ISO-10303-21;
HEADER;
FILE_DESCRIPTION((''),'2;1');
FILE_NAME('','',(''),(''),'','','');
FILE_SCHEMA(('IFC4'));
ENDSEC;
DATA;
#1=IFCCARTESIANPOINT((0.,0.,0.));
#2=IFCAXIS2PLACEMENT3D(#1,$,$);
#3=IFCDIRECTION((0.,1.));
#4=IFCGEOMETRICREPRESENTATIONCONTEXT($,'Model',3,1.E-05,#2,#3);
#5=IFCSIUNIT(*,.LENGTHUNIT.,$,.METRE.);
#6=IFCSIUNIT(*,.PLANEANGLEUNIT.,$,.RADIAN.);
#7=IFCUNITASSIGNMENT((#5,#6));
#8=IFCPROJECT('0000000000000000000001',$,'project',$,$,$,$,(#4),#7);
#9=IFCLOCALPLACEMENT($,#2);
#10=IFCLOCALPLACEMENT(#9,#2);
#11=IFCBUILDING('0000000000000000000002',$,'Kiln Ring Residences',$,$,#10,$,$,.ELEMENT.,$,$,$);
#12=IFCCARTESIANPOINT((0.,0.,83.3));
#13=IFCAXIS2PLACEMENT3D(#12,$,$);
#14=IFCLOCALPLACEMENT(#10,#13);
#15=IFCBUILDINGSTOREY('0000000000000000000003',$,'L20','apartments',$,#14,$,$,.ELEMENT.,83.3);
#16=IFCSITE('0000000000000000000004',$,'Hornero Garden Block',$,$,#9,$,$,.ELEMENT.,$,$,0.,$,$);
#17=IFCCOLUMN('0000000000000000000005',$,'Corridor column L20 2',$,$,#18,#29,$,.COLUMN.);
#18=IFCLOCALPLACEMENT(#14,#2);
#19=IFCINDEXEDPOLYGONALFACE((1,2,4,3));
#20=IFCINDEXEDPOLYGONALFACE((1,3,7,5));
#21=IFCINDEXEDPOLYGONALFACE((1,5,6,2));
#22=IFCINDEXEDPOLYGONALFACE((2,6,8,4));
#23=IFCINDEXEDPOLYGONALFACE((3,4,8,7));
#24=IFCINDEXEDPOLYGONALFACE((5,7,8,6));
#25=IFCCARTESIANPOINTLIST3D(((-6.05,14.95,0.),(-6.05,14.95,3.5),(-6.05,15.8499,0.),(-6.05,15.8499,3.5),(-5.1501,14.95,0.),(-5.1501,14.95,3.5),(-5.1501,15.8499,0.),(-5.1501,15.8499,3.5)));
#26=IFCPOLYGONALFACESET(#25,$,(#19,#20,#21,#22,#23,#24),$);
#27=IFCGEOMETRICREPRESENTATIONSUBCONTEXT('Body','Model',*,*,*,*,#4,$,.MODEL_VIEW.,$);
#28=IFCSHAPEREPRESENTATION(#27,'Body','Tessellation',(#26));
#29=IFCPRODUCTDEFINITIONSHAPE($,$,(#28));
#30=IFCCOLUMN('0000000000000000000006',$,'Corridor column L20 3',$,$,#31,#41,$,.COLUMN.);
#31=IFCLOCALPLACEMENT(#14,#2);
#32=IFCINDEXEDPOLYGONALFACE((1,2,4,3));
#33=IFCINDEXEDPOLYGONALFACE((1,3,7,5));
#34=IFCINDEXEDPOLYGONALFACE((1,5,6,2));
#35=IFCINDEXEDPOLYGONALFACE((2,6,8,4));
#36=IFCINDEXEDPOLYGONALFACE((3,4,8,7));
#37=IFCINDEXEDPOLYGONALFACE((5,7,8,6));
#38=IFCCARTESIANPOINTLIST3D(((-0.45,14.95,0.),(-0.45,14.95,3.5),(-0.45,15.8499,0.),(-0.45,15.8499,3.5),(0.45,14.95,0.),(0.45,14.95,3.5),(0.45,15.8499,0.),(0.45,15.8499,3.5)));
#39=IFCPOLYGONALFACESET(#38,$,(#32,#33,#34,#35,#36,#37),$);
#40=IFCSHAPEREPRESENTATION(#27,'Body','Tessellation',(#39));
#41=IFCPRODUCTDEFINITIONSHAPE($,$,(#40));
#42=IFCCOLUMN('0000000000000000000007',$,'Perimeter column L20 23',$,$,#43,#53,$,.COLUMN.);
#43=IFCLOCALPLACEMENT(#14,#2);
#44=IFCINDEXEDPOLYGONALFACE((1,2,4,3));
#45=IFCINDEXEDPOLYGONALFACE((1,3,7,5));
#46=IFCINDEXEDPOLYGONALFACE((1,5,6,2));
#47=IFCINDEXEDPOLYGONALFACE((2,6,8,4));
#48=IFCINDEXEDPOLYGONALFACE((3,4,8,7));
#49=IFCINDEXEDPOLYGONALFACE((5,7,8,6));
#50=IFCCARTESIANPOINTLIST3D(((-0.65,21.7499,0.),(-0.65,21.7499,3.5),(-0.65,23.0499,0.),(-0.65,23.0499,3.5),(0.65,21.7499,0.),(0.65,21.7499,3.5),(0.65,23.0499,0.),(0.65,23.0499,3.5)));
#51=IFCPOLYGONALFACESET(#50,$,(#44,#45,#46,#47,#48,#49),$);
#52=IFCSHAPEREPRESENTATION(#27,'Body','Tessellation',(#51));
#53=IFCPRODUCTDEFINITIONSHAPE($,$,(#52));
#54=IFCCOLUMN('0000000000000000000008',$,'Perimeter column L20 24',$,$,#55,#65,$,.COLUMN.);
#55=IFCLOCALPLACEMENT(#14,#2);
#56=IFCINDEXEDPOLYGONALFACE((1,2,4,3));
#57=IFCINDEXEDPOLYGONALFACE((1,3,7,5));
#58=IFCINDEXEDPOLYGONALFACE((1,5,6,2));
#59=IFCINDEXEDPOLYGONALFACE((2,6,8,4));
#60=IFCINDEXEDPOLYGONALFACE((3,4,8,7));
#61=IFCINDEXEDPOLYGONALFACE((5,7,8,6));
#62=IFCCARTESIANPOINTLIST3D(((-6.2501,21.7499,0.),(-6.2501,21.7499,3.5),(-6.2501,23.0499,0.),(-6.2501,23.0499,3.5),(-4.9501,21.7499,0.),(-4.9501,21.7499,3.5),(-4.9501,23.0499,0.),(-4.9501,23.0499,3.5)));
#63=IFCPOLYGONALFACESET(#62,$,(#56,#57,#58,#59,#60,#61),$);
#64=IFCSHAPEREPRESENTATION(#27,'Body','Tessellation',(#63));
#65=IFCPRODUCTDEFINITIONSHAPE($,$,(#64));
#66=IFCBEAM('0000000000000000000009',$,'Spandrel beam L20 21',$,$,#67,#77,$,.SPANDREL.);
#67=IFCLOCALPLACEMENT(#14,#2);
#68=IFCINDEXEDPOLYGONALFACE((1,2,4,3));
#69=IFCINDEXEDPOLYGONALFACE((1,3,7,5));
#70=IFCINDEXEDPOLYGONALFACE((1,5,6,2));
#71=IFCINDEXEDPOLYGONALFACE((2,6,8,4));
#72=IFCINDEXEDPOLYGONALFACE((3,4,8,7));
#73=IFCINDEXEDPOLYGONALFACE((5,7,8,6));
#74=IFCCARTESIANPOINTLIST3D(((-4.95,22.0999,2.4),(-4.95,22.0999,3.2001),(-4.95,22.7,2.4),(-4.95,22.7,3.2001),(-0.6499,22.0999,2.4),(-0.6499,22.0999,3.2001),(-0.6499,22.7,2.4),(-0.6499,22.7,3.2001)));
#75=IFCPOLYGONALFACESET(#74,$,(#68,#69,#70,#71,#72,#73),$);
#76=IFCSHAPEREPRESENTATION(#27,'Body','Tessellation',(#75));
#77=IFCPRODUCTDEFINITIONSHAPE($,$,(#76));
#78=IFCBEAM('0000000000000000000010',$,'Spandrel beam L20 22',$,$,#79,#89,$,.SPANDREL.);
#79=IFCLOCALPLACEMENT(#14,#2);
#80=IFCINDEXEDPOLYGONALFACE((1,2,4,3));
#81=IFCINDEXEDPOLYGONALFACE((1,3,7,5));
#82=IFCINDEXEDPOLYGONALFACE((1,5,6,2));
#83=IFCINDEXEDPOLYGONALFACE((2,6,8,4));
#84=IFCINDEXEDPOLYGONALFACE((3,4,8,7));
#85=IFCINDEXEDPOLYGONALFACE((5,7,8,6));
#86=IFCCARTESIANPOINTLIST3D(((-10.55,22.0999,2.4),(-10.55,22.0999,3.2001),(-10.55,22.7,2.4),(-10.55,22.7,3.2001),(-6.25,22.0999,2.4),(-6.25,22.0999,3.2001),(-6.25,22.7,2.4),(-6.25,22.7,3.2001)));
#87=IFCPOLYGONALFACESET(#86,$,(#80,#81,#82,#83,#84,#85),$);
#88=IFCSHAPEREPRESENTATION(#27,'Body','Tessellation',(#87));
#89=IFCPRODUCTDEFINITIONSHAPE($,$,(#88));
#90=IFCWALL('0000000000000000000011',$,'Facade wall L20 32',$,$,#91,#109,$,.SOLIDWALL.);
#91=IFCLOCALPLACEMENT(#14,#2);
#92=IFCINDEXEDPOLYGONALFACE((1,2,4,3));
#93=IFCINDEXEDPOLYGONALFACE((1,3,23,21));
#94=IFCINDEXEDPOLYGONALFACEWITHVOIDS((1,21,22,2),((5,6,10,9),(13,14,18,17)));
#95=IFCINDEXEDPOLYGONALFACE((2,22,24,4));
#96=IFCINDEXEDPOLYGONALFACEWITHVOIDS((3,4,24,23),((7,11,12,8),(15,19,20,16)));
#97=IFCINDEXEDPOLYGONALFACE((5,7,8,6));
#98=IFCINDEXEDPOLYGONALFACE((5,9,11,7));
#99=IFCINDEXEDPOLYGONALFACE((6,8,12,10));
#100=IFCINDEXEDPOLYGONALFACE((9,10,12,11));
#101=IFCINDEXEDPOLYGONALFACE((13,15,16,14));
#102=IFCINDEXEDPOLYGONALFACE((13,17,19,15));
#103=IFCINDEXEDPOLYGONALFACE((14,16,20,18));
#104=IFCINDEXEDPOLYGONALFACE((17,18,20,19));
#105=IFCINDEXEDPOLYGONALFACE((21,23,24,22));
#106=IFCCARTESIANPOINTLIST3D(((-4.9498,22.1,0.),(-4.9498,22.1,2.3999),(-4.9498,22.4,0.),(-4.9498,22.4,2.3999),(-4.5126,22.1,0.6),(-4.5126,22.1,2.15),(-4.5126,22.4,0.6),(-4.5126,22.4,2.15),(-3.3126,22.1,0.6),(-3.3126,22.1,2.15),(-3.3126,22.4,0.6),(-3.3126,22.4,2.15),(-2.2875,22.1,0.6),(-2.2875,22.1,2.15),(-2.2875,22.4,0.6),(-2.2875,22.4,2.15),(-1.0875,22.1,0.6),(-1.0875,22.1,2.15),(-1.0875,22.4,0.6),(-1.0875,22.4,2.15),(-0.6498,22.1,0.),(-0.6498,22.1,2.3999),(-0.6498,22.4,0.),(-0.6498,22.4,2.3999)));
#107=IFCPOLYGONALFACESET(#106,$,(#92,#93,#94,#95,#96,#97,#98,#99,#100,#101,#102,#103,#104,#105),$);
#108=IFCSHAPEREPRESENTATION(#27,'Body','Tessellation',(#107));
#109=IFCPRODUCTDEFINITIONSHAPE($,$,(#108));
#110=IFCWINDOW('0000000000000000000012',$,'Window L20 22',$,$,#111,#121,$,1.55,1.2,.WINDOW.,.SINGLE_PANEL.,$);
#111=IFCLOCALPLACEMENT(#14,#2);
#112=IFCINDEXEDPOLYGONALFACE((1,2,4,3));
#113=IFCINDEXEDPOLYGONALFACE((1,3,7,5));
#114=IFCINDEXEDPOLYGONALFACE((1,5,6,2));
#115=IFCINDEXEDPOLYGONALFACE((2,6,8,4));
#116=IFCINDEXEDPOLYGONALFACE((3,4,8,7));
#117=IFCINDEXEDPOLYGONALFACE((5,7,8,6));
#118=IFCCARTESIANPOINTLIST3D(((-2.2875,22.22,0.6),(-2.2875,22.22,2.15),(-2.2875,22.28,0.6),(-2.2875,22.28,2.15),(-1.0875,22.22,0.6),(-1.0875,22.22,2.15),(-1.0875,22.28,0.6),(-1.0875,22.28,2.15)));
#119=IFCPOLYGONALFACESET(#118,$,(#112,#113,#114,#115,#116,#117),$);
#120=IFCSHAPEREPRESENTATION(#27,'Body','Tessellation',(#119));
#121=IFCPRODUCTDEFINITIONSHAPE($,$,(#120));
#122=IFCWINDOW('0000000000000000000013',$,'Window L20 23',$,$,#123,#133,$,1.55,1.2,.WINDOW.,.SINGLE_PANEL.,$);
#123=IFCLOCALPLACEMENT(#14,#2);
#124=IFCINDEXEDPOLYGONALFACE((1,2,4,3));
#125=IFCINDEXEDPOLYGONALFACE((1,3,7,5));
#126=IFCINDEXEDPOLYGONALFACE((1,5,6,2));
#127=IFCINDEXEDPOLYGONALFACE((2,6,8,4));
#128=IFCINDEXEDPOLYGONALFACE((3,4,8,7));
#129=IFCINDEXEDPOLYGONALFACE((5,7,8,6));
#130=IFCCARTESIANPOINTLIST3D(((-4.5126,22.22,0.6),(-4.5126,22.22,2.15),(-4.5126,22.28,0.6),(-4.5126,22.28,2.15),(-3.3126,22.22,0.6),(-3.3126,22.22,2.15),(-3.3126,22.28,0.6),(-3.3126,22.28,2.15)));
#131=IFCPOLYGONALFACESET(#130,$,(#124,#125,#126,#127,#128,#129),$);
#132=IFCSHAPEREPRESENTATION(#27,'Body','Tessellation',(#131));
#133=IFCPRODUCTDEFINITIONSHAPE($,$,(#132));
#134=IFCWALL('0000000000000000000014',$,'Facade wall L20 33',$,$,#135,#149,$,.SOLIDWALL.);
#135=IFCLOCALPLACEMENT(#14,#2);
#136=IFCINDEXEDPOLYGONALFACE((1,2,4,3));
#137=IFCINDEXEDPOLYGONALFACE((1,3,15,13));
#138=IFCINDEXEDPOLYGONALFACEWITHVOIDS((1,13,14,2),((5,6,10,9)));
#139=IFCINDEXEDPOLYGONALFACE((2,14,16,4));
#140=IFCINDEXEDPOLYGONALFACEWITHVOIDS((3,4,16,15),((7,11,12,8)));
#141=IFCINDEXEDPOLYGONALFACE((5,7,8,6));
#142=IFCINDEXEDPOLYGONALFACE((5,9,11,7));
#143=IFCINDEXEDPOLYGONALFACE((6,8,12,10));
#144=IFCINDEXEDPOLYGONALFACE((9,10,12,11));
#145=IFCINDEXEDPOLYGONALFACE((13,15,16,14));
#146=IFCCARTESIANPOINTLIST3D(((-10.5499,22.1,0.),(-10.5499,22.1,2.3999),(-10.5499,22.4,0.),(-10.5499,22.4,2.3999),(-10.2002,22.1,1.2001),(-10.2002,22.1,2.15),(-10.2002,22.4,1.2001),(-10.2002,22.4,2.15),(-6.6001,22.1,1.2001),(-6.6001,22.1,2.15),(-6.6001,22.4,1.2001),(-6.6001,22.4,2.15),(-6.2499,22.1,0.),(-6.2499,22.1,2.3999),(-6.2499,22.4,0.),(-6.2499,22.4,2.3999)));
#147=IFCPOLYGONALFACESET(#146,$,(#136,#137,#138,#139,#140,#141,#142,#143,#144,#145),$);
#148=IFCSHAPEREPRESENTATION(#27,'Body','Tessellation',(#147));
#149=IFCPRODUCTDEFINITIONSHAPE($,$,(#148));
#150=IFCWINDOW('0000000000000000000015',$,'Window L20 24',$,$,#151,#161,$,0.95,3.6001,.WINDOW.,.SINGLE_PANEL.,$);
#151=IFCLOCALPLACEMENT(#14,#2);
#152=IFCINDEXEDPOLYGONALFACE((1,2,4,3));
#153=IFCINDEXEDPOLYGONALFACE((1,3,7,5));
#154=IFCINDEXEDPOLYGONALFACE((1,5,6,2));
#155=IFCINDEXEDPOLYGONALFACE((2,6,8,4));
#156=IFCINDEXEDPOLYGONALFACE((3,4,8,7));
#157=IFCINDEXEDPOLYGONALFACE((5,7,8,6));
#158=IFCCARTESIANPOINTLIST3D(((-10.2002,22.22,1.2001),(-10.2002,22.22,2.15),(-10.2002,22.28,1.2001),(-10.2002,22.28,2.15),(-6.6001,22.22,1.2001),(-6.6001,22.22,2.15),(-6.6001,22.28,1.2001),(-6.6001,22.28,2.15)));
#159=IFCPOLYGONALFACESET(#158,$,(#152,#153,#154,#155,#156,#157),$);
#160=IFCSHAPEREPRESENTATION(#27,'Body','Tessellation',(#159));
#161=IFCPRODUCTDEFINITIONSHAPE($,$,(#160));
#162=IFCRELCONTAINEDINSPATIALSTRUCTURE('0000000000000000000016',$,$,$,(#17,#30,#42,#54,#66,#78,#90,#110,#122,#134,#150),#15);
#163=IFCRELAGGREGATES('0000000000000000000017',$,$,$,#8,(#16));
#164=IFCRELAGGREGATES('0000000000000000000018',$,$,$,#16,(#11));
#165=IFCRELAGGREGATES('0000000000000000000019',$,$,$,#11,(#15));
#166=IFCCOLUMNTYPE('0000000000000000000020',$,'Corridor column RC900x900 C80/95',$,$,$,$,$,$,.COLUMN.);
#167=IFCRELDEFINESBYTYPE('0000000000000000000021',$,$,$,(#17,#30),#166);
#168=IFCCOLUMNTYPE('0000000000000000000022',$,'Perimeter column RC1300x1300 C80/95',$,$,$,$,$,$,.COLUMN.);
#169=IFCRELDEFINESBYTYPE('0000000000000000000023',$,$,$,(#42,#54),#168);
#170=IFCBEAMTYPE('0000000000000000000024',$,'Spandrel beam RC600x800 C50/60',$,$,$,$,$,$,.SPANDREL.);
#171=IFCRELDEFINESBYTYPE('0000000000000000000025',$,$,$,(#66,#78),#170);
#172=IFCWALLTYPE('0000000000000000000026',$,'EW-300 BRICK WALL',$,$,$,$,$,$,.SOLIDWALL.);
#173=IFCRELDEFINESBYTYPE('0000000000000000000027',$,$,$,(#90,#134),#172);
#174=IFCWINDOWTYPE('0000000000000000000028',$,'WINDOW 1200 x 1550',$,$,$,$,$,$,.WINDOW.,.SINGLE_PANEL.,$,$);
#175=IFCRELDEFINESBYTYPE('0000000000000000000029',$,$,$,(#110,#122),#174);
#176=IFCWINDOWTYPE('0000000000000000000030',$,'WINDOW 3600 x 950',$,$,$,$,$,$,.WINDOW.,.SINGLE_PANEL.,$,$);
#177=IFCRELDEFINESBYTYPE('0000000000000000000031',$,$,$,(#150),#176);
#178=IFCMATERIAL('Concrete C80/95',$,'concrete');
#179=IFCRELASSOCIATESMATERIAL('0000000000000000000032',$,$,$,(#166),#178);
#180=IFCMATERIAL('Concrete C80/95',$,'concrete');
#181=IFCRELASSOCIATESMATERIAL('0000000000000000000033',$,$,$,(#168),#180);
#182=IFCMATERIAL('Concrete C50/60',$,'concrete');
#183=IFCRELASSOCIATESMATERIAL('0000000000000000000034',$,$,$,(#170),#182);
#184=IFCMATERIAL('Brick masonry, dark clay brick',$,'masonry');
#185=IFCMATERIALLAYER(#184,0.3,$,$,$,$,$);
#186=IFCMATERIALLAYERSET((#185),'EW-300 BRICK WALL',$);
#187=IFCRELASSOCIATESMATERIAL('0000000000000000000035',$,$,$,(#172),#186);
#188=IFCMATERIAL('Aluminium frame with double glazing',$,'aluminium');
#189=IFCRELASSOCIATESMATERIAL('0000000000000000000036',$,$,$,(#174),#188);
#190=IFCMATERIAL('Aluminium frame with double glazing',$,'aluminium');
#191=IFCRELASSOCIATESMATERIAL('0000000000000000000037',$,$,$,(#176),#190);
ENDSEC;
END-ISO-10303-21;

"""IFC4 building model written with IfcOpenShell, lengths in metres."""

from ifc_helpers import new_model, si_unit, direction, frame, frame_2d, origin, origin_2d, place, context, subcontext, project, spatial, rectangle, extrude, material, layer, layer_set, material_profile, profile_set, type_object, element, fill, save


model = new_model("IFC4")

# Units and contexts
model_context = context("Model", 3, precision=1e-05, world=origin(), true_north=direction((0.0, 1.0)))
body_context = subcontext(model_context, "Body", "Model", "MODEL_VIEW")
ifc_project = project(units=[si_unit("LENGTHUNIT", "METRE"), si_unit("PLANEANGLEUNIT", "RADIAN")], contexts=[model_context])

# Site, building, storey
site_placement = place(None, origin())
site = spatial("IfcSite", under=ifc_project, at=site_placement, Name="Hornero Garden Block", CompositionType="ELEMENT", RefElevation=0.0)
building_placement = place(site_placement, origin())
building = spatial("IfcBuilding", under=site, at=building_placement, Name="Kiln Ring Residences", CompositionType="ELEMENT")
storey_placement = place(building_placement, frame((0.0, 0.0, 83.3)))
storey = spatial("IfcBuildingStorey", under=building, at=storey_placement, Name="L20", Description="apartments", CompositionType="ELEMENT", Elevation=83.3)

# Columns
ifc_material_1 = material(Name="Concrete C80/95", Category="concrete")
ifc_material_profile_1 = material_profile(ifc_material_1, rectangle(XDim=0.8999, YDim=0.8999, at=origin_2d()), Name="RC900x900")
ifc_profile_set_1 = profile_set([ifc_material_profile_1], Name="Concrete C80/95")
column_type_1 = type_object("IfcColumnType", Name="Corridor column RC900x900 C80/95", PredefinedType="COLUMN", material=ifc_profile_set_1)
for number, where, z_axis, x_axis, name in (
    (1, (-5.6001, 15.3999, 0.0), (0.0, 0.0, 1.0), (1.0, 0.0, 0.0), "Corridor column L20 2"),
    (2, (0.0, 15.3999, 0.0), (0.0, 0.0, 1.0), (1.0, 0.0, 0.0), "Corridor column L20 3"),
):
    element("IfcColumn", number, at=place(storey_placement, frame(where, z_axis=z_axis, x_axis=x_axis)), inside=storey, type_object=column_type_1, Name=name, PredefinedType="COLUMN", context=body_context, shape_type="SweptSolid", body=[
        extrude(rectangle(XDim=0.8999, YDim=0.8999, at=origin_2d()), origin(), (0.0, 0.0, 1.0), 3.5),
    ])
ifc_material_2 = material(Name="Concrete C80/95", Category="concrete")
ifc_material_profile_2 = material_profile(ifc_material_2, rectangle(XDim=1.3, YDim=1.3, at=origin_2d()), Name="RC1300x1300")
ifc_profile_set_2 = profile_set([ifc_material_profile_2], Name="Concrete C80/95")
column_type_2 = type_object("IfcColumnType", Name="Perimeter column RC1300x1300 C80/95", PredefinedType="COLUMN", material=ifc_profile_set_2)
for number, where, z_axis, x_axis, name in (
    (3, (0.0, 22.3999, 0.0), (0.0, 0.0, 1.0), (1.0, 0.0, 0.0), "Perimeter column L20 23"),
    (4, (-5.6001, 22.3999, 0.0), (0.0, 0.0, 1.0), (1.0, 0.0, 0.0), "Perimeter column L20 24"),
):
    element("IfcColumn", number, at=place(storey_placement, frame(where, z_axis=z_axis, x_axis=x_axis)), inside=storey, type_object=column_type_2, Name=name, PredefinedType="COLUMN", context=body_context, shape_type="SweptSolid", body=[
        extrude(rectangle(XDim=1.3, YDim=1.3, at=origin_2d()), origin(), (0.0, 0.0, 1.0), 3.5),
    ])

# Beams
ifc_material_3 = material(Name="Concrete C50/60", Category="concrete")
ifc_material_profile_3 = material_profile(ifc_material_3, rectangle(XDim=0.6001, YDim=0.8, at=origin_2d()), Name="RC600x800")
ifc_profile_set_3 = profile_set([ifc_material_profile_3], Name="Concrete C50/60")
beam_type = type_object("IfcBeamType", Name="Spandrel beam RC600x800 C50/60", PredefinedType="SPANDREL", material=ifc_profile_set_3)
for number, where, z_axis, x_axis, name in (
    (5, (-0.6499, 22.3999, 2.8), (-1.0, 0.0, 0.0), (0.0, -1.0, 0.0), "Spandrel beam L20 21"),
    (6, (-6.25, 22.3999, 2.8), (-1.0, 0.0, 0.0), (0.0, -1.0, 0.0), "Spandrel beam L20 22"),
):
    element("IfcBeam", number, at=place(storey_placement, frame(where, z_axis=z_axis, x_axis=x_axis)), inside=storey, type_object=beam_type, Name=name, PredefinedType="SPANDREL", context=body_context, shape_type="SweptSolid", body=[
        extrude(rectangle(XDim=0.6001, YDim=0.8, at=origin_2d()), origin(), (0.0, 0.0, 1.0), 4.3),
    ])

# Wall, openings, windows
ifc_material_4 = material(Name="Brick masonry, dark clay brick", Category="masonry")
ifc_layer_1 = layer(ifc_material_4, 0.3)
ifc_layer_set_1 = layer_set([ifc_layer_1], Name="EW-300 BRICK WALL")
wall_type_1 = type_object("IfcWallType", Name="EW-300 BRICK WALL", PredefinedType="SOLIDWALL", material=ifc_layer_set_1)
wall_1_placement = place(storey_placement, frame((-0.6499, 22.25, 0.0), z_axis=(0.0, 0.0, 1.0), x_axis=(-1.0, 0.0, 0.0)))
wall_1 = element("IfcWall", 7, at=wall_1_placement, inside=storey, type_object=wall_type_1, Name="Facade wall L20 32", PredefinedType="SOLIDWALL", context=body_context, shape_type="SweptSolid", body=[
    extrude(rectangle(XDim=4.3, YDim=0.3, at=frame_2d((2.1499, 0.0))), origin(), (0.0, 0.0, 1.0), 2.3999),
])
opening_1_placement = place(wall_1_placement, frame((0.4375, 0.0, 0.6001)))
opening_1 = element("IfcOpeningElement", 8, at=opening_1_placement, cuts=wall_1, PredefinedType="OPENING", context=body_context, shape_type="SweptSolid", body=[
    extrude(rectangle(XDim=1.2, YDim=1.55, at=frame_2d((0.6001, 0.7749))), frame((0.0, 0.1599, 0.0), z_axis=(0.0, -1.0, 0.0), x_axis=(1.0, 0.0, 0.0)), (0.0, 0.0, 1.0), 0.3201),
])
opening_2_placement = place(wall_1_placement, frame((2.6626, 0.0, 0.6001)))
opening_2 = element("IfcOpeningElement", 9, at=opening_2_placement, cuts=wall_1, PredefinedType="OPENING", context=body_context, shape_type="SweptSolid", body=[
    extrude(rectangle(XDim=1.2, YDim=1.55, at=frame_2d((0.6001, 0.7749))), frame((0.0, 0.1599, 0.0), z_axis=(0.0, -1.0, 0.0), x_axis=(1.0, 0.0, 0.0)), (0.0, 0.0, 1.0), 0.3201),
])
ifc_material_5 = material(Name="Aluminium frame with double glazing", Category="aluminium")
window_type_1 = type_object("IfcWindowType", Name="WINDOW 1200 x 1550", PartitioningType="SINGLE_PANEL", PredefinedType="WINDOW", material=ifc_material_5)
window_1_placement = place(opening_1_placement, origin())
window_1 = element("IfcWindow", 10, at=window_1_placement, inside=storey, type_object=window_type_1, Name="Window L20 22", OverallHeight=1.55, OverallWidth=1.2, PartitioningType="SINGLE_PANEL", PredefinedType="WINDOW", context=body_context, shape_type="SweptSolid", body=[
    extrude(rectangle(XDim=1.2, YDim=1.55, at=frame_2d((0.6001, 0.7749))), frame((0.0, 0.03, 0.0), z_axis=(0.0, -1.0, 0.0), x_axis=(1.0, 0.0, 0.0)), (0.0, 0.0, 1.0), 0.0601),
])
fill(opening_1, window_1)
window_2_placement = place(opening_2_placement, origin())
window_2 = element("IfcWindow", 11, at=window_2_placement, inside=storey, type_object=window_type_1, Name="Window L20 23", OverallHeight=1.55, OverallWidth=1.2, PartitioningType="SINGLE_PANEL", PredefinedType="WINDOW", context=body_context, shape_type="SweptSolid", body=[
    extrude(rectangle(XDim=1.2, YDim=1.55, at=frame_2d((0.6001, 0.7749))), frame((0.0, 0.03, 0.0), z_axis=(0.0, -1.0, 0.0), x_axis=(1.0, 0.0, 0.0)), (0.0, 0.0, 1.0), 0.0601),
])
fill(opening_2, window_2)

# Wall, opening, window
wall_2_placement = place(storey_placement, frame((-6.25, 22.25, 0.0), z_axis=(0.0, 0.0, 1.0), x_axis=(-1.0, 0.0, 0.0)))
wall_2 = element("IfcWall", 12, at=wall_2_placement, inside=storey, type_object=wall_type_1, Name="Facade wall L20 33", PredefinedType="SOLIDWALL", context=body_context, shape_type="SweptSolid", body=[
    extrude(rectangle(XDim=4.3, YDim=0.3, at=frame_2d((2.1499, 0.0))), origin(), (0.0, 0.0, 1.0), 2.3999),
])
opening_3_placement = place(wall_2_placement, frame((0.3501, 0.0, 1.2)))
opening_3 = element("IfcOpeningElement", 13, at=opening_3_placement, cuts=wall_2, PredefinedType="OPENING", context=body_context, shape_type="SweptSolid", body=[
    extrude(rectangle(XDim=3.6001, YDim=0.95, at=frame_2d((1.8, 0.4751))), frame((0.0, 0.1599, 0.0), z_axis=(0.0, -1.0, 0.0), x_axis=(1.0, 0.0, 0.0)), (0.0, 0.0, 1.0), 0.3201),
])
ifc_material_6 = material(Name="Aluminium frame with double glazing", Category="aluminium")
window_type_2 = type_object("IfcWindowType", Name="WINDOW 3600 x 950", PartitioningType="SINGLE_PANEL", PredefinedType="WINDOW", material=ifc_material_6)
window_3_placement = place(opening_3_placement, origin())
window_3 = element("IfcWindow", 14, at=window_3_placement, inside=storey, type_object=window_type_2, Name="Window L20 24", OverallHeight=0.95, OverallWidth=3.6001, PartitioningType="SINGLE_PANEL", PredefinedType="WINDOW", context=body_context, shape_type="SweptSolid", body=[
    extrude(rectangle(XDim=3.6001, YDim=0.95, at=frame_2d((1.8, 0.4751))), frame((0.0, 0.03, 0.0), z_axis=(0.0, -1.0, 0.0), x_axis=(1.0, 0.0, 0.0)), (0.0, 0.0, 1.0), 0.0601),
])
fill(opening_3, window_3)

save(model, "model.ifc")
